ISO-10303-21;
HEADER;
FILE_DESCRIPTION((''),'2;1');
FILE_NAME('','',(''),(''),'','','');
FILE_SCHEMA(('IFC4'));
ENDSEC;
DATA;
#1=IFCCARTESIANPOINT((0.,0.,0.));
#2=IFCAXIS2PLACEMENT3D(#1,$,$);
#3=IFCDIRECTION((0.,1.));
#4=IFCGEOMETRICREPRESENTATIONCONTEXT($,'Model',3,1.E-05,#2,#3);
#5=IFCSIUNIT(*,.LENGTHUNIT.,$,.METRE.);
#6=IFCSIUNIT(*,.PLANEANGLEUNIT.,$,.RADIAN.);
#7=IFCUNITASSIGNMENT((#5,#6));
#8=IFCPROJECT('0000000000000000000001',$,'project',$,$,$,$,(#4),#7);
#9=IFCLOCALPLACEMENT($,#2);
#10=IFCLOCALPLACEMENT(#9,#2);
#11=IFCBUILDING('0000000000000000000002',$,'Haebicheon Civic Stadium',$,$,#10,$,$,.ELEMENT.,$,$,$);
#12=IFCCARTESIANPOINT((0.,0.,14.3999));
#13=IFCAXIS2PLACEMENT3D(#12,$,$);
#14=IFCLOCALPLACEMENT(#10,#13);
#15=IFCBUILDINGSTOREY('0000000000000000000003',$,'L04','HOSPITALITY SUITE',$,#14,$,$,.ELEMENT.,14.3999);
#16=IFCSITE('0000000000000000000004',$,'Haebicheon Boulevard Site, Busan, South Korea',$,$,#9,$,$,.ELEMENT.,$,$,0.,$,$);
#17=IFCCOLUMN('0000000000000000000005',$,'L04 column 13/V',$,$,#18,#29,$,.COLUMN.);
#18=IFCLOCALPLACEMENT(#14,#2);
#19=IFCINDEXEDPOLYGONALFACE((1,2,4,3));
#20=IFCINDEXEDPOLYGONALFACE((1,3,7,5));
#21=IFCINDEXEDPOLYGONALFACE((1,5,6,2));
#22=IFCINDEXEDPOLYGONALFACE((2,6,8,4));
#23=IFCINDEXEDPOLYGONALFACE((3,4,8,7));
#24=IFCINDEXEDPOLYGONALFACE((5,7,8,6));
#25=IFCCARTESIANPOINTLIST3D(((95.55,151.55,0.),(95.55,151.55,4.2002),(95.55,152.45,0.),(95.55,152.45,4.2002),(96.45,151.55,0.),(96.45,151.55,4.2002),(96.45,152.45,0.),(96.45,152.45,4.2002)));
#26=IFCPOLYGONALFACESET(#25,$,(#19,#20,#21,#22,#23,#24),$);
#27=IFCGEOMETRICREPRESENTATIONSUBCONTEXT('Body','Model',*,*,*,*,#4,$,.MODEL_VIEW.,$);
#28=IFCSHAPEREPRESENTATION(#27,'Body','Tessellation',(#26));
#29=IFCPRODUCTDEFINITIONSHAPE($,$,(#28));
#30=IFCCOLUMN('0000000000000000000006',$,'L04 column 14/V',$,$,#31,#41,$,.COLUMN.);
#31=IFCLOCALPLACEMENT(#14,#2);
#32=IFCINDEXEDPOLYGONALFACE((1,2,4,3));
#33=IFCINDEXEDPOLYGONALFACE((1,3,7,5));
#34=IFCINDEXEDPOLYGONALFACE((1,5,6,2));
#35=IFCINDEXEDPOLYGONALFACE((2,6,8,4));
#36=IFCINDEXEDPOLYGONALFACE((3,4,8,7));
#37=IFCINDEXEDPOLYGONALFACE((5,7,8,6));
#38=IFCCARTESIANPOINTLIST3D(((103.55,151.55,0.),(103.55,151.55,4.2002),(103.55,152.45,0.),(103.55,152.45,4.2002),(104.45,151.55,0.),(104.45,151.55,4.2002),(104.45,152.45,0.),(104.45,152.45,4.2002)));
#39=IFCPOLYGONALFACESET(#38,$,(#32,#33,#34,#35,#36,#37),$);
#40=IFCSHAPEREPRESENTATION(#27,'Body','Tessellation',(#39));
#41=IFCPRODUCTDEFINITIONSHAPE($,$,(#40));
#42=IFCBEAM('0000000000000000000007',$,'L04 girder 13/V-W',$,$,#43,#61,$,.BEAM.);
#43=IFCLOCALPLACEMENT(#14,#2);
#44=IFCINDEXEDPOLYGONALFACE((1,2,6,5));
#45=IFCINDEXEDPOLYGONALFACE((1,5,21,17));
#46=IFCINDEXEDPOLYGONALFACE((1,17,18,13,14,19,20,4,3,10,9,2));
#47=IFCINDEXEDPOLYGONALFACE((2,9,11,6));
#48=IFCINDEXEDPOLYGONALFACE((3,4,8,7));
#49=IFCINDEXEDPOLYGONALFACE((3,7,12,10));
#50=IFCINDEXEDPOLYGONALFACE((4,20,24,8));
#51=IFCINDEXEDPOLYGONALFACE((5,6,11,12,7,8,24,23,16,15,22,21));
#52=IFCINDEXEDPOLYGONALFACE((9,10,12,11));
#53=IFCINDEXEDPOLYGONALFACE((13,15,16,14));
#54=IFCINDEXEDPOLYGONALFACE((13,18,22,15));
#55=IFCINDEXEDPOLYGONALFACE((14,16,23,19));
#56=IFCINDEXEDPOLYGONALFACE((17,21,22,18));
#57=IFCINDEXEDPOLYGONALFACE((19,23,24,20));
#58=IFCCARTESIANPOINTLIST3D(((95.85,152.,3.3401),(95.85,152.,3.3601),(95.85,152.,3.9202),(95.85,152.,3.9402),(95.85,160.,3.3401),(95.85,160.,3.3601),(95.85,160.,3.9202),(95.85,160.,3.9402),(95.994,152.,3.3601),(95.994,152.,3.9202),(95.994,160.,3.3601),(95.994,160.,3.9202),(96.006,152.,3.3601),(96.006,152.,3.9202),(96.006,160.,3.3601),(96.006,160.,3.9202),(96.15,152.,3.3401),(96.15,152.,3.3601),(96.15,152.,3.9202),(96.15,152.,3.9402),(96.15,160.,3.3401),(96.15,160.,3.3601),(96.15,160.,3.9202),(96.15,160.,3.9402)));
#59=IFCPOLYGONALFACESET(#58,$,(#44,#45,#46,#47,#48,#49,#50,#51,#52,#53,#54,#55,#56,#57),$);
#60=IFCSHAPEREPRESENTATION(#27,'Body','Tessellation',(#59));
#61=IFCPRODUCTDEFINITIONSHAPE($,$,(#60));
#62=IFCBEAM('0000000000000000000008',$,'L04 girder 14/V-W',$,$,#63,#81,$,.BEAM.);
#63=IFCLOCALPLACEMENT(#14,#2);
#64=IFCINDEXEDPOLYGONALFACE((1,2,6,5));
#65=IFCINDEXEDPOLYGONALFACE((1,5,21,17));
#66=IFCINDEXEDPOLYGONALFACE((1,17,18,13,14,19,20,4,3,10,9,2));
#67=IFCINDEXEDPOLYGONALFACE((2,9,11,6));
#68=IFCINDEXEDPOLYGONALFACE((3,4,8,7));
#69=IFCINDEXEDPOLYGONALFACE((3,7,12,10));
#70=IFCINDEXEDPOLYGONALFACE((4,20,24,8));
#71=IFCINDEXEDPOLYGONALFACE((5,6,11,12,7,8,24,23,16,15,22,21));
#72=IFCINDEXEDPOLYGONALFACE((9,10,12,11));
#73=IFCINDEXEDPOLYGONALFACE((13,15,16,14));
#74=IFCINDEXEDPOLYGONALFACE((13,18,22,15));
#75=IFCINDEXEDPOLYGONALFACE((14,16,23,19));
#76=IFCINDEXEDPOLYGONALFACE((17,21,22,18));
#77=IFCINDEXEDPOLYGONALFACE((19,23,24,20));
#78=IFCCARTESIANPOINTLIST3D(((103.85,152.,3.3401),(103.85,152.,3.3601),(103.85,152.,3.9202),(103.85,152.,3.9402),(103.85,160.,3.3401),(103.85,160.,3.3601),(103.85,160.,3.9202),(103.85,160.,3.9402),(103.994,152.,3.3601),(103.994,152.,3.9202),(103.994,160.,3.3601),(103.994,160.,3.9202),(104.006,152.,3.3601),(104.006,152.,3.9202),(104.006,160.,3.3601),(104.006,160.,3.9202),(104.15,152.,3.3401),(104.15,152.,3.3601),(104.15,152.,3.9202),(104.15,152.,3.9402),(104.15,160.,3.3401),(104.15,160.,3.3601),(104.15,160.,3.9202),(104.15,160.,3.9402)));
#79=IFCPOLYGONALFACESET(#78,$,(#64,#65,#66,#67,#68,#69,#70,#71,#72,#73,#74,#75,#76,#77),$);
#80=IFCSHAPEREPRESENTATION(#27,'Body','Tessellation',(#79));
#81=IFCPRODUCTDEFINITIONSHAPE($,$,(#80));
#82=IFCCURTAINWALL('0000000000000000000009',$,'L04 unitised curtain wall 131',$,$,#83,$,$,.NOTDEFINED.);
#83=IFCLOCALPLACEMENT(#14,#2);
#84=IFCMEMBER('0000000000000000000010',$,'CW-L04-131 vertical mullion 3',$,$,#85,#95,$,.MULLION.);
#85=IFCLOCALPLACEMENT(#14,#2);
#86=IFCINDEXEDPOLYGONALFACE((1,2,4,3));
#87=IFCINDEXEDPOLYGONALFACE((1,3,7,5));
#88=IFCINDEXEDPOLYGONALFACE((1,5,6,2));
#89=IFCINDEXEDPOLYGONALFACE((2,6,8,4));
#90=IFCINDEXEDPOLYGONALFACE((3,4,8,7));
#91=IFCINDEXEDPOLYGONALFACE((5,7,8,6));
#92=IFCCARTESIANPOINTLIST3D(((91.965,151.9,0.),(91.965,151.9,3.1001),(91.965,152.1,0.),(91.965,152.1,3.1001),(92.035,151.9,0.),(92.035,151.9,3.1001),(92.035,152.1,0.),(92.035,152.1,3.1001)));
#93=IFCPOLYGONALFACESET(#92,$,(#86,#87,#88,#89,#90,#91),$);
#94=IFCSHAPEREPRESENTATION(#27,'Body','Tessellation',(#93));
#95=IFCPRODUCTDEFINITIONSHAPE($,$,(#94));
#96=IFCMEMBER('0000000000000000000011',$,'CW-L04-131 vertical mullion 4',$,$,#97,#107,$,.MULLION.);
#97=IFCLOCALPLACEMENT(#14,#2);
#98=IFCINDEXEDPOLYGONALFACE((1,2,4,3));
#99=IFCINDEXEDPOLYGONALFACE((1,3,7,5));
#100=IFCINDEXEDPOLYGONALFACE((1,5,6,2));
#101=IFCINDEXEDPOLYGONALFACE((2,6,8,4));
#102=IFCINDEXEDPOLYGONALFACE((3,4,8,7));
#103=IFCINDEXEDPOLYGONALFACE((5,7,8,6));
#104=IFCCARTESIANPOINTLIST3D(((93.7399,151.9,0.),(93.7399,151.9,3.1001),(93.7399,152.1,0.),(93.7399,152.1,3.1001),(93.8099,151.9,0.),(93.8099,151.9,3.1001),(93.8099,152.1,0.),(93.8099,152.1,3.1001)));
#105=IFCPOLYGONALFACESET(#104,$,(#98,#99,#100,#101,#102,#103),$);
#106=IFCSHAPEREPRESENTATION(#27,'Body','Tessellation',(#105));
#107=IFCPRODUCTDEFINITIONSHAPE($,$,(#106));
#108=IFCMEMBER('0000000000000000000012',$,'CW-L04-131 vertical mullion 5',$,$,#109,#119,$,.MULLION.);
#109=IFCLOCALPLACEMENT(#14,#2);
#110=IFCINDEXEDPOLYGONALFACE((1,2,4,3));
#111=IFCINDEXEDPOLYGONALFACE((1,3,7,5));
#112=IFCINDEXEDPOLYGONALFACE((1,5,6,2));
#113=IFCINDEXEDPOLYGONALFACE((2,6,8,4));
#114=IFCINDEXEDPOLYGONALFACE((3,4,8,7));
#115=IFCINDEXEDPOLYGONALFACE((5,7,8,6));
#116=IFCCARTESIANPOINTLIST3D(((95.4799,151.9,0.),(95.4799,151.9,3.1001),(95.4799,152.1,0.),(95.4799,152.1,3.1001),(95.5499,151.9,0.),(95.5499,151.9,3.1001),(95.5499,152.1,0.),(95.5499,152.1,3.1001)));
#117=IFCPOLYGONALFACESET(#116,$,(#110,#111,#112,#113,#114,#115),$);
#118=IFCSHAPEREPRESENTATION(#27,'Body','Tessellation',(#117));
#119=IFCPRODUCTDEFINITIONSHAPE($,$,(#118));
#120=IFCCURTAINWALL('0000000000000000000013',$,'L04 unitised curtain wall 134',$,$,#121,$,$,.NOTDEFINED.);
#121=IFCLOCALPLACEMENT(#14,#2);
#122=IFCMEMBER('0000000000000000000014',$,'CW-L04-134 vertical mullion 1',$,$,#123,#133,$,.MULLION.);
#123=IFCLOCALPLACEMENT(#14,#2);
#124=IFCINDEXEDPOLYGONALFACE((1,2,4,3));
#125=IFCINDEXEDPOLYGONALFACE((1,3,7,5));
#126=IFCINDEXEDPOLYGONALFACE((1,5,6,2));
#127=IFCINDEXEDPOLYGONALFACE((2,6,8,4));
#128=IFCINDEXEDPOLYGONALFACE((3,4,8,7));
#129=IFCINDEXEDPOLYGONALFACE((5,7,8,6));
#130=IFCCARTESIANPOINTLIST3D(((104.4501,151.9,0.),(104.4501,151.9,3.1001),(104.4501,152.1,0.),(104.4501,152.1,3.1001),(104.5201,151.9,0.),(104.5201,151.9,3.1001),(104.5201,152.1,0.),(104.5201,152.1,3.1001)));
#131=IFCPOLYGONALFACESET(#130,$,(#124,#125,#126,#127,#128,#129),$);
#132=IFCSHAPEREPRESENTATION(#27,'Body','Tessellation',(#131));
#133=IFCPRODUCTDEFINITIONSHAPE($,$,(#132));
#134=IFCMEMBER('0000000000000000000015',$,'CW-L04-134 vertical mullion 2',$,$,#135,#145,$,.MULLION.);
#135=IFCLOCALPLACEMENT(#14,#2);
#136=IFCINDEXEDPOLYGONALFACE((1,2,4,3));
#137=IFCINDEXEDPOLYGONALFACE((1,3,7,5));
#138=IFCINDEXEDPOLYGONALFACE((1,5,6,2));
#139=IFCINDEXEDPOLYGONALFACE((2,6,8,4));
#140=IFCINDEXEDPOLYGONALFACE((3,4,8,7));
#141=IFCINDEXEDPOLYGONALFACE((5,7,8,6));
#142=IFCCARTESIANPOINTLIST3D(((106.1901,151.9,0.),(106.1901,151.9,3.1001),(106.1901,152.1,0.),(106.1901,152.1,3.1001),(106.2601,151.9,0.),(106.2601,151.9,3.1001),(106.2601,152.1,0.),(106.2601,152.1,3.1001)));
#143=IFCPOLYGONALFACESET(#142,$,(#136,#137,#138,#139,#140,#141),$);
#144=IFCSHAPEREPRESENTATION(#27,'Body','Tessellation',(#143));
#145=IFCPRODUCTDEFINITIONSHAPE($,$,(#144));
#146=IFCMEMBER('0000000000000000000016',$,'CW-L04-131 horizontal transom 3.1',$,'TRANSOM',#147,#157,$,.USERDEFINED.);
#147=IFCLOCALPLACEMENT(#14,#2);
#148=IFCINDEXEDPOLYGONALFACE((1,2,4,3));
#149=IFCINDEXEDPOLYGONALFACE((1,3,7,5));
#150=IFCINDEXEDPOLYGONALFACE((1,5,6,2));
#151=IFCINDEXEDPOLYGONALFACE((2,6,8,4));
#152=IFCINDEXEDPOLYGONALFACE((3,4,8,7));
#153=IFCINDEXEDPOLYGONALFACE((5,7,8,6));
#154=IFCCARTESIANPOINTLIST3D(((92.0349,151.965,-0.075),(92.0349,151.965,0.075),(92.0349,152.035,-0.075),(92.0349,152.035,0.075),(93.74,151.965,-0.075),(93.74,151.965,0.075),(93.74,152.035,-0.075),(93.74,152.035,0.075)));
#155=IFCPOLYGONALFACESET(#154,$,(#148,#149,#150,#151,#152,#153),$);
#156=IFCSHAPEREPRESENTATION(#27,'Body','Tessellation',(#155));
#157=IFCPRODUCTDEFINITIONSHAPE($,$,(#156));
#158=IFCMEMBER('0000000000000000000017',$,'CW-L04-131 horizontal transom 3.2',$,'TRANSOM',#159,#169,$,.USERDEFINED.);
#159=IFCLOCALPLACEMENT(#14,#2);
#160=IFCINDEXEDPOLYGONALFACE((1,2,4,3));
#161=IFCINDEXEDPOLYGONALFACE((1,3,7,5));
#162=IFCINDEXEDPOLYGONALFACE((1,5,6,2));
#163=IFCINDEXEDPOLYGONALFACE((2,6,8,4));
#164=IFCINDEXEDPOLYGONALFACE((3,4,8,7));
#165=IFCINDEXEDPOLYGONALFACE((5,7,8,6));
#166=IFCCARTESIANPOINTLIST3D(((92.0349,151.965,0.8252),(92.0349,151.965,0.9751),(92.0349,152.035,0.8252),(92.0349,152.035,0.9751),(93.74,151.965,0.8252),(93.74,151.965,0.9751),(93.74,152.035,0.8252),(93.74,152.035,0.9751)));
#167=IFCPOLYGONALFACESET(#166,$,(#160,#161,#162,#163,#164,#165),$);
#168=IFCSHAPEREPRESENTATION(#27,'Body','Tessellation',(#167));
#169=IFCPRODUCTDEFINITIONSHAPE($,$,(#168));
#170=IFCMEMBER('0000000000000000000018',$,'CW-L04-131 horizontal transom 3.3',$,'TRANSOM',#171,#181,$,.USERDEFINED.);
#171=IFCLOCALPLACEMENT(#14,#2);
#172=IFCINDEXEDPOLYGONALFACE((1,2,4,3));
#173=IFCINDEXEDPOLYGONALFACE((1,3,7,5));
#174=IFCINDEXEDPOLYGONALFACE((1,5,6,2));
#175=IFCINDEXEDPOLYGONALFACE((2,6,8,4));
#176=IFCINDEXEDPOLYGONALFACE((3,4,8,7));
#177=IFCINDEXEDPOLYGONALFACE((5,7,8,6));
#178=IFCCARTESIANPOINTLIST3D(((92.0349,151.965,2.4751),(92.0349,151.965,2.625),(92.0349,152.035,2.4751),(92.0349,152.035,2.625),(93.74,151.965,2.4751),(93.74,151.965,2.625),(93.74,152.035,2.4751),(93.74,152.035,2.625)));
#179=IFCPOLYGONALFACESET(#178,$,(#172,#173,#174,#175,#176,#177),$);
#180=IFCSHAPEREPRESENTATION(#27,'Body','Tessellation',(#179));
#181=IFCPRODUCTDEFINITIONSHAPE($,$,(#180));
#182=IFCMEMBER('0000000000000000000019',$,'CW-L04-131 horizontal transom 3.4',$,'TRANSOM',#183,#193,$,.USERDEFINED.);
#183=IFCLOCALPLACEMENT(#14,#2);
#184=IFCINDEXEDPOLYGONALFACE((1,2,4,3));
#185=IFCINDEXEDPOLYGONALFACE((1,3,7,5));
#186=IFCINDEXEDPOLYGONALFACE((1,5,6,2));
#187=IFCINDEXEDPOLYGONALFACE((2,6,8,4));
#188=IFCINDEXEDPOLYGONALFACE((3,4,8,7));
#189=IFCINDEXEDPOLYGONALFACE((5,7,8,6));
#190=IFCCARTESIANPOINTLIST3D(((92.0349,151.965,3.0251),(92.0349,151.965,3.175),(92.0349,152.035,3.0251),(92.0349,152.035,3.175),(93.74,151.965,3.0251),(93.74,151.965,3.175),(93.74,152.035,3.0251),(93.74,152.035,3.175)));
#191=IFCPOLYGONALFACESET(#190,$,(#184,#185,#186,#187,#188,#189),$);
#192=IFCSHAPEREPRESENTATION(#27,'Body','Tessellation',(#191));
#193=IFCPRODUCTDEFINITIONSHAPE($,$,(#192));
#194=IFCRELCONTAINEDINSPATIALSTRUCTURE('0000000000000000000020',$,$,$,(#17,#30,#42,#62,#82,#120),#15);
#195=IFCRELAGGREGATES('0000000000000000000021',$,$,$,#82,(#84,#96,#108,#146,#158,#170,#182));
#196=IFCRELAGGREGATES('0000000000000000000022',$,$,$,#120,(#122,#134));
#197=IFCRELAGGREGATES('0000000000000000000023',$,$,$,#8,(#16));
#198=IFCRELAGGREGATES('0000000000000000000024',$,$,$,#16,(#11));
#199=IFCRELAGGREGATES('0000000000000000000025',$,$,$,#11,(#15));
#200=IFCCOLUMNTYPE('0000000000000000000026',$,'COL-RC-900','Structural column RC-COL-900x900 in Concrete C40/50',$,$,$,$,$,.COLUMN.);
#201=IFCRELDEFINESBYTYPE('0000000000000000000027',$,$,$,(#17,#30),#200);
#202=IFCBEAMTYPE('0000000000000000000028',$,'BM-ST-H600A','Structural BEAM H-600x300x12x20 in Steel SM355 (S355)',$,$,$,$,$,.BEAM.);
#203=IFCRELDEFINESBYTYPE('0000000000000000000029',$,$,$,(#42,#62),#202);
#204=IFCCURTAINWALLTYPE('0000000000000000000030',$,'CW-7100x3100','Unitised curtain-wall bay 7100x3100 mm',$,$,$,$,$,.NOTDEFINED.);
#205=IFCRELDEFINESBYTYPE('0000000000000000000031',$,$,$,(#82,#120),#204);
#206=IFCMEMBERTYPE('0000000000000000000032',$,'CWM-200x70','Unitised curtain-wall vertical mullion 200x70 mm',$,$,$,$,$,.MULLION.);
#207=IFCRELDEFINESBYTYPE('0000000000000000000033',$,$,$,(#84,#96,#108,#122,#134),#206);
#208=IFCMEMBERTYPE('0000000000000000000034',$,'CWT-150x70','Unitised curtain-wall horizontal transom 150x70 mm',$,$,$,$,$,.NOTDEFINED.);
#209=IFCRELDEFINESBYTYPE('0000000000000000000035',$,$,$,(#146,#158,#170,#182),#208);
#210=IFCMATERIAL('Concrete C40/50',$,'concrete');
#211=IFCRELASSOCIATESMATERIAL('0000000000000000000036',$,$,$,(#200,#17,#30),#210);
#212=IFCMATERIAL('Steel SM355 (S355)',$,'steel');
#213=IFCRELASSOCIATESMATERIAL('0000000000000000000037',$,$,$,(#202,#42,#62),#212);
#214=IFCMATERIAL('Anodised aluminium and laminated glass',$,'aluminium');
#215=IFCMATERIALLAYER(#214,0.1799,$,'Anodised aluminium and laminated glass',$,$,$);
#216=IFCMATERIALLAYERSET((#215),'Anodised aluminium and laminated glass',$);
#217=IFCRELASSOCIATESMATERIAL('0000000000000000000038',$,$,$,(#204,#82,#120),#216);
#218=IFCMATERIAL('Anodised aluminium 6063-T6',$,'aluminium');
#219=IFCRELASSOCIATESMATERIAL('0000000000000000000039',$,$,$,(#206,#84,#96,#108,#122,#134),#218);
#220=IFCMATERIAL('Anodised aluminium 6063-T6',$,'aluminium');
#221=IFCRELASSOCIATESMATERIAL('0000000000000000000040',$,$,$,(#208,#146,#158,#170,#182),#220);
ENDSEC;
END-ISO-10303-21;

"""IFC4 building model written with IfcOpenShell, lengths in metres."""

from ifc_helpers import new_model, si_unit, direction, frame, origin, origin_2d, place, context, subcontext, project, spatial, rectangle, i_section, extrude, material, layer, layer_set, material_profile, profile_set, type_object, element, aggregate, save


model = new_model("IFC4")

# Units and contexts
model_context = context("Model", 3, precision=1e-05, world=origin(), true_north=direction((0.0, 1.0)))
body_context = subcontext(model_context, "Body", "Model", "MODEL_VIEW")
ifc_project = project(units=[si_unit("LENGTHUNIT", "METRE"), si_unit("PLANEANGLEUNIT", "RADIAN")], contexts=[model_context])

# Site, building, storey
site_placement = place(None, origin())
site = spatial("IfcSite", under=ifc_project, at=site_placement, Name="Haebicheon Boulevard Site, Busan, South Korea", CompositionType="ELEMENT", RefElevation=0.0)
building_placement = place(site_placement, origin())
building = spatial("IfcBuilding", under=site, at=building_placement, Name="Haebicheon Civic Stadium", CompositionType="ELEMENT")
storey_placement = place(building_placement, frame((0.0, 0.0, 14.3999)))
storey = spatial("IfcBuildingStorey", under=building, at=storey_placement, Name="L04", Description="HOSPITALITY SUITE", CompositionType="ELEMENT", Elevation=14.3999)

# Columns
ifc_material_1 = material(Name="Concrete C40/50", Category="concrete")
ifc_material_profile_1 = material_profile(ifc_material_1, rectangle(XDim=0.8999, YDim=0.8999, at=origin_2d()), Name="RC-COL-900x900")
ifc_profile_set_1 = profile_set([ifc_material_profile_1], Name="Concrete C40/50")
column_type = type_object("IfcColumnType", Name="COL-RC-900", Description="Structural column RC-COL-900x900 in Concrete C40/50", PredefinedType="COLUMN", material=ifc_profile_set_1)
for number, where, z_axis, x_axis, name in (
    (1, (96.0, 152.0, 0.0), (0.0, 0.0, 1.0), (1.0, 0.0, 0.0), "L04 column 13/V"),
    (2, (104.0, 152.0, 0.0), (0.0, 0.0, 1.0), (1.0, 0.0, 0.0), "L04 column 14/V"),
):
    element("IfcColumn", number, at=place(storey_placement, frame(where, z_axis=z_axis, x_axis=x_axis)), inside=storey, type_object=column_type, material=ifc_profile_set_1, Name=name, PredefinedType="COLUMN", context=body_context, shape_type="SweptSolid", body=[
        extrude(rectangle(XDim=0.8999, YDim=0.8999, at=origin_2d()), origin(), (0.0, 0.0, 1.0), 4.2002),
    ])

# Beams
ifc_material_2 = material(Name="Steel SM355 (S355)", Category="steel")
ifc_material_profile_2 = material_profile(ifc_material_2, i_section(OverallWidth=0.3, OverallDepth=0.6001, WebThickness=0.012, FlangeThickness=0.02, at=origin_2d()), Name="H-600x300x12x20")
ifc_profile_set_2 = profile_set([ifc_material_profile_2], Name="Steel SM355 (S355)")
beam_type_1 = type_object("IfcBeamType", Name="BM-ST-H600A", Description="Structural BEAM H-600x300x12x20 in Steel SM355 (S355)", PredefinedType="BEAM", material=ifc_profile_set_2)
for number, where, z_axis, x_axis, name in (
    (3, (96.0, 152.0, 3.6401), (0.0, 1.0, 0.0), (-1.0, 0.0, 0.0), "L04 girder 13/V-W"),
    (4, (104.0, 152.0, 3.6401), (0.0, 1.0, 0.0), (-1.0, 0.0, 0.0), "L04 girder 14/V-W"),
):
    element("IfcBeam", number, at=place(storey_placement, frame(where, z_axis=z_axis, x_axis=x_axis)), inside=storey, type_object=beam_type_1, material=ifc_profile_set_2, Name=name, PredefinedType="BEAM", context=body_context, shape_type="SweptSolid", body=[
        extrude(i_section(OverallWidth=0.3, OverallDepth=0.6001, WebThickness=0.012, FlangeThickness=0.02, at=origin_2d()), origin(), (0.0, 0.0, 1.0), 8.0),
    ])

# Curtain walls, members
ifc_material_3 = material(Name="Anodised aluminium and laminated glass", Category="aluminium")
ifc_layer_1 = layer(ifc_material_3, 0.1799, Name="Anodised aluminium and laminated glass")
ifc_layer_set_1 = layer_set([ifc_layer_1], Name="Anodised aluminium and laminated glass")
curtain_wall_type = type_object("IfcCurtainWallType", Name="CW-7100x3100", Description="Unitised curtain-wall bay 7100x3100 mm", PredefinedType="NOTDEFINED", material=ifc_layer_set_1)
curtain_wall_1_placement = place(storey_placement, origin())
curtain_wall_1 = element("IfcCurtainWall", 5, at=curtain_wall_1_placement, inside=storey, type_object=curtain_wall_type, material=ifc_layer_set_1, Name="L04 unitised curtain wall 131", PredefinedType="NOTDEFINED")
ifc_material_4 = material(Name="Anodised aluminium 6063-T6", Category="aluminium")
ifc_material_profile_3 = material_profile(ifc_material_4, rectangle(XDim=0.0701, YDim=0.2, at=origin_2d()), Name="ALU-MULL-70x200")
ifc_profile_set_3 = profile_set([ifc_material_profile_3], Name="Anodised aluminium 6063-T6")
member_type_1 = type_object("IfcMemberType", Name="CWM-200x70", Description="Unitised curtain-wall vertical mullion 200x70 mm", PredefinedType="MULLION", material=ifc_profile_set_3)
member_1_placement = place(storey_placement, frame((92.0, 152.0, 0.0), z_axis=(0.0, 0.0, 1.0), x_axis=(1.0, 0.0, 0.0)))
member_1 = element("IfcMember", 6, at=member_1_placement, type_object=member_type_1, material=ifc_profile_set_3, Name="CW-L04-131 vertical mullion 3", PredefinedType="MULLION", context=body_context, shape_type="SweptSolid", body=[
    extrude(rectangle(XDim=0.0701, YDim=0.2, at=origin_2d()), origin(), (0.0, 0.0, 1.0), 3.1001),
])
member_2_placement = place(storey_placement, frame((93.7749, 152.0, 0.0), z_axis=(0.0, 0.0, 1.0), x_axis=(1.0, 0.0, 0.0)))
member_2 = element("IfcMember", 7, at=member_2_placement, type_object=member_type_1, material=ifc_profile_set_3, Name="CW-L04-131 vertical mullion 4", PredefinedType="MULLION", context=body_context, shape_type="SweptSolid", body=[
    extrude(rectangle(XDim=0.0701, YDim=0.2, at=origin_2d()), origin(), (0.0, 0.0, 1.0), 3.1001),
])
member_3_placement = place(storey_placement, frame((95.5149, 152.0, 0.0), z_axis=(0.0, 0.0, 1.0), x_axis=(1.0, 0.0, 0.0)))
member_3 = element("IfcMember", 8, at=member_3_placement, type_object=member_type_1, material=ifc_profile_set_3, Name="CW-L04-131 vertical mullion 5", PredefinedType="MULLION", context=body_context, shape_type="SweptSolid", body=[
    extrude(rectangle(XDim=0.0701, YDim=0.2, at=origin_2d()), origin(), (0.0, 0.0, 1.0), 3.1001),
])
curtain_wall_2_placement = place(storey_placement, origin())
curtain_wall_2 = element("IfcCurtainWall", 9, at=curtain_wall_2_placement, inside=storey, type_object=curtain_wall_type, material=ifc_layer_set_1, Name="L04 unitised curtain wall 134", PredefinedType="NOTDEFINED")
member_4_placement = place(storey_placement, frame((104.4851, 152.0, 0.0), z_axis=(0.0, 0.0, 1.0), x_axis=(1.0, 0.0, 0.0)))
member_4 = element("IfcMember", 10, at=member_4_placement, type_object=member_type_1, material=ifc_profile_set_3, Name="CW-L04-134 vertical mullion 1", PredefinedType="MULLION", context=body_context, shape_type="SweptSolid", body=[
    extrude(rectangle(XDim=0.0701, YDim=0.2, at=origin_2d()), origin(), (0.0, 0.0, 1.0), 3.1001),
])
member_5_placement = place(storey_placement, frame((106.2251, 152.0, 0.0), z_axis=(0.0, 0.0, 1.0), x_axis=(1.0, 0.0, 0.0)))
member_5 = element("IfcMember", 11, at=member_5_placement, type_object=member_type_1, material=ifc_profile_set_3, Name="CW-L04-134 vertical mullion 2", PredefinedType="MULLION", context=body_context, shape_type="SweptSolid", body=[
    extrude(rectangle(XDim=0.0701, YDim=0.2, at=origin_2d()), origin(), (0.0, 0.0, 1.0), 3.1001),
])

# Members
ifc_material_5 = material(Name="Anodised aluminium 6063-T6", Category="aluminium")
ifc_material_profile_4 = material_profile(ifc_material_5, rectangle(XDim=0.0701, YDim=0.1499, at=origin_2d()), Name="ALU-TRAN-70x150")
ifc_profile_set_4 = profile_set([ifc_material_profile_4], Name="Anodised aluminium 6063-T6")
member_type_2 = type_object("IfcMemberType", Name="CWT-150x70", Description="Unitised curtain-wall horizontal transom 150x70 mm", PredefinedType="NOTDEFINED", material=ifc_profile_set_4)
member_6_placement = place(storey_placement, frame((92.0349, 152.0, 0.0), z_axis=(1.0, 0.0, 0.0), x_axis=(0.0, 1.0, 0.0)))
member_6 = element("IfcMember", 12, at=member_6_placement, type_object=member_type_2, material=ifc_profile_set_4, Name="CW-L04-131 horizontal transom 3.1", ObjectType="TRANSOM", PredefinedType="USERDEFINED", context=body_context, shape_type="SweptSolid", body=[
    extrude(rectangle(XDim=0.0701, YDim=0.1499, at=origin_2d()), origin(), (0.0, 0.0, 1.0), 1.7051),
])
member_7_placement = place(storey_placement, frame((92.0349, 152.0, 0.9001), z_axis=(1.0, 0.0, 0.0), x_axis=(0.0, 1.0, 0.0)))
member_7 = element("IfcMember", 13, at=member_7_placement, type_object=member_type_2, material=ifc_profile_set_4, Name="CW-L04-131 horizontal transom 3.2", ObjectType="TRANSOM", PredefinedType="USERDEFINED", context=body_context, shape_type="SweptSolid", body=[
    extrude(rectangle(XDim=0.0701, YDim=0.1499, at=origin_2d()), origin(), (0.0, 0.0, 1.0), 1.7051),
])
member_8_placement = place(storey_placement, frame((92.0349, 152.0, 2.55), z_axis=(1.0, 0.0, 0.0), x_axis=(0.0, 1.0, 0.0)))
member_8 = element("IfcMember", 14, at=member_8_placement, type_object=member_type_2, material=ifc_profile_set_4, Name="CW-L04-131 horizontal transom 3.3", ObjectType="TRANSOM", PredefinedType="USERDEFINED", context=body_context, shape_type="SweptSolid", body=[
    extrude(rectangle(XDim=0.0701, YDim=0.1499, at=origin_2d()), origin(), (0.0, 0.0, 1.0), 1.7051),
])
member_9_placement = place(storey_placement, frame((92.0349, 152.0, 3.1001), z_axis=(1.0, 0.0, 0.0), x_axis=(0.0, 1.0, 0.0)))
member_9 = element("IfcMember", 15, at=member_9_placement, type_object=member_type_2, material=ifc_profile_set_4, Name="CW-L04-131 horizontal transom 3.4", ObjectType="TRANSOM", PredefinedType="USERDEFINED", context=body_context, shape_type="SweptSolid", body=[
    extrude(rectangle(XDim=0.0701, YDim=0.1499, at=origin_2d()), origin(), (0.0, 0.0, 1.0), 1.7051),
])

aggregate(curtain_wall_1, [member_1, member_2, member_3, member_6, member_7, member_8, member_9])
aggregate(curtain_wall_2, [member_4, member_5])

save(model, "model.ifc")
